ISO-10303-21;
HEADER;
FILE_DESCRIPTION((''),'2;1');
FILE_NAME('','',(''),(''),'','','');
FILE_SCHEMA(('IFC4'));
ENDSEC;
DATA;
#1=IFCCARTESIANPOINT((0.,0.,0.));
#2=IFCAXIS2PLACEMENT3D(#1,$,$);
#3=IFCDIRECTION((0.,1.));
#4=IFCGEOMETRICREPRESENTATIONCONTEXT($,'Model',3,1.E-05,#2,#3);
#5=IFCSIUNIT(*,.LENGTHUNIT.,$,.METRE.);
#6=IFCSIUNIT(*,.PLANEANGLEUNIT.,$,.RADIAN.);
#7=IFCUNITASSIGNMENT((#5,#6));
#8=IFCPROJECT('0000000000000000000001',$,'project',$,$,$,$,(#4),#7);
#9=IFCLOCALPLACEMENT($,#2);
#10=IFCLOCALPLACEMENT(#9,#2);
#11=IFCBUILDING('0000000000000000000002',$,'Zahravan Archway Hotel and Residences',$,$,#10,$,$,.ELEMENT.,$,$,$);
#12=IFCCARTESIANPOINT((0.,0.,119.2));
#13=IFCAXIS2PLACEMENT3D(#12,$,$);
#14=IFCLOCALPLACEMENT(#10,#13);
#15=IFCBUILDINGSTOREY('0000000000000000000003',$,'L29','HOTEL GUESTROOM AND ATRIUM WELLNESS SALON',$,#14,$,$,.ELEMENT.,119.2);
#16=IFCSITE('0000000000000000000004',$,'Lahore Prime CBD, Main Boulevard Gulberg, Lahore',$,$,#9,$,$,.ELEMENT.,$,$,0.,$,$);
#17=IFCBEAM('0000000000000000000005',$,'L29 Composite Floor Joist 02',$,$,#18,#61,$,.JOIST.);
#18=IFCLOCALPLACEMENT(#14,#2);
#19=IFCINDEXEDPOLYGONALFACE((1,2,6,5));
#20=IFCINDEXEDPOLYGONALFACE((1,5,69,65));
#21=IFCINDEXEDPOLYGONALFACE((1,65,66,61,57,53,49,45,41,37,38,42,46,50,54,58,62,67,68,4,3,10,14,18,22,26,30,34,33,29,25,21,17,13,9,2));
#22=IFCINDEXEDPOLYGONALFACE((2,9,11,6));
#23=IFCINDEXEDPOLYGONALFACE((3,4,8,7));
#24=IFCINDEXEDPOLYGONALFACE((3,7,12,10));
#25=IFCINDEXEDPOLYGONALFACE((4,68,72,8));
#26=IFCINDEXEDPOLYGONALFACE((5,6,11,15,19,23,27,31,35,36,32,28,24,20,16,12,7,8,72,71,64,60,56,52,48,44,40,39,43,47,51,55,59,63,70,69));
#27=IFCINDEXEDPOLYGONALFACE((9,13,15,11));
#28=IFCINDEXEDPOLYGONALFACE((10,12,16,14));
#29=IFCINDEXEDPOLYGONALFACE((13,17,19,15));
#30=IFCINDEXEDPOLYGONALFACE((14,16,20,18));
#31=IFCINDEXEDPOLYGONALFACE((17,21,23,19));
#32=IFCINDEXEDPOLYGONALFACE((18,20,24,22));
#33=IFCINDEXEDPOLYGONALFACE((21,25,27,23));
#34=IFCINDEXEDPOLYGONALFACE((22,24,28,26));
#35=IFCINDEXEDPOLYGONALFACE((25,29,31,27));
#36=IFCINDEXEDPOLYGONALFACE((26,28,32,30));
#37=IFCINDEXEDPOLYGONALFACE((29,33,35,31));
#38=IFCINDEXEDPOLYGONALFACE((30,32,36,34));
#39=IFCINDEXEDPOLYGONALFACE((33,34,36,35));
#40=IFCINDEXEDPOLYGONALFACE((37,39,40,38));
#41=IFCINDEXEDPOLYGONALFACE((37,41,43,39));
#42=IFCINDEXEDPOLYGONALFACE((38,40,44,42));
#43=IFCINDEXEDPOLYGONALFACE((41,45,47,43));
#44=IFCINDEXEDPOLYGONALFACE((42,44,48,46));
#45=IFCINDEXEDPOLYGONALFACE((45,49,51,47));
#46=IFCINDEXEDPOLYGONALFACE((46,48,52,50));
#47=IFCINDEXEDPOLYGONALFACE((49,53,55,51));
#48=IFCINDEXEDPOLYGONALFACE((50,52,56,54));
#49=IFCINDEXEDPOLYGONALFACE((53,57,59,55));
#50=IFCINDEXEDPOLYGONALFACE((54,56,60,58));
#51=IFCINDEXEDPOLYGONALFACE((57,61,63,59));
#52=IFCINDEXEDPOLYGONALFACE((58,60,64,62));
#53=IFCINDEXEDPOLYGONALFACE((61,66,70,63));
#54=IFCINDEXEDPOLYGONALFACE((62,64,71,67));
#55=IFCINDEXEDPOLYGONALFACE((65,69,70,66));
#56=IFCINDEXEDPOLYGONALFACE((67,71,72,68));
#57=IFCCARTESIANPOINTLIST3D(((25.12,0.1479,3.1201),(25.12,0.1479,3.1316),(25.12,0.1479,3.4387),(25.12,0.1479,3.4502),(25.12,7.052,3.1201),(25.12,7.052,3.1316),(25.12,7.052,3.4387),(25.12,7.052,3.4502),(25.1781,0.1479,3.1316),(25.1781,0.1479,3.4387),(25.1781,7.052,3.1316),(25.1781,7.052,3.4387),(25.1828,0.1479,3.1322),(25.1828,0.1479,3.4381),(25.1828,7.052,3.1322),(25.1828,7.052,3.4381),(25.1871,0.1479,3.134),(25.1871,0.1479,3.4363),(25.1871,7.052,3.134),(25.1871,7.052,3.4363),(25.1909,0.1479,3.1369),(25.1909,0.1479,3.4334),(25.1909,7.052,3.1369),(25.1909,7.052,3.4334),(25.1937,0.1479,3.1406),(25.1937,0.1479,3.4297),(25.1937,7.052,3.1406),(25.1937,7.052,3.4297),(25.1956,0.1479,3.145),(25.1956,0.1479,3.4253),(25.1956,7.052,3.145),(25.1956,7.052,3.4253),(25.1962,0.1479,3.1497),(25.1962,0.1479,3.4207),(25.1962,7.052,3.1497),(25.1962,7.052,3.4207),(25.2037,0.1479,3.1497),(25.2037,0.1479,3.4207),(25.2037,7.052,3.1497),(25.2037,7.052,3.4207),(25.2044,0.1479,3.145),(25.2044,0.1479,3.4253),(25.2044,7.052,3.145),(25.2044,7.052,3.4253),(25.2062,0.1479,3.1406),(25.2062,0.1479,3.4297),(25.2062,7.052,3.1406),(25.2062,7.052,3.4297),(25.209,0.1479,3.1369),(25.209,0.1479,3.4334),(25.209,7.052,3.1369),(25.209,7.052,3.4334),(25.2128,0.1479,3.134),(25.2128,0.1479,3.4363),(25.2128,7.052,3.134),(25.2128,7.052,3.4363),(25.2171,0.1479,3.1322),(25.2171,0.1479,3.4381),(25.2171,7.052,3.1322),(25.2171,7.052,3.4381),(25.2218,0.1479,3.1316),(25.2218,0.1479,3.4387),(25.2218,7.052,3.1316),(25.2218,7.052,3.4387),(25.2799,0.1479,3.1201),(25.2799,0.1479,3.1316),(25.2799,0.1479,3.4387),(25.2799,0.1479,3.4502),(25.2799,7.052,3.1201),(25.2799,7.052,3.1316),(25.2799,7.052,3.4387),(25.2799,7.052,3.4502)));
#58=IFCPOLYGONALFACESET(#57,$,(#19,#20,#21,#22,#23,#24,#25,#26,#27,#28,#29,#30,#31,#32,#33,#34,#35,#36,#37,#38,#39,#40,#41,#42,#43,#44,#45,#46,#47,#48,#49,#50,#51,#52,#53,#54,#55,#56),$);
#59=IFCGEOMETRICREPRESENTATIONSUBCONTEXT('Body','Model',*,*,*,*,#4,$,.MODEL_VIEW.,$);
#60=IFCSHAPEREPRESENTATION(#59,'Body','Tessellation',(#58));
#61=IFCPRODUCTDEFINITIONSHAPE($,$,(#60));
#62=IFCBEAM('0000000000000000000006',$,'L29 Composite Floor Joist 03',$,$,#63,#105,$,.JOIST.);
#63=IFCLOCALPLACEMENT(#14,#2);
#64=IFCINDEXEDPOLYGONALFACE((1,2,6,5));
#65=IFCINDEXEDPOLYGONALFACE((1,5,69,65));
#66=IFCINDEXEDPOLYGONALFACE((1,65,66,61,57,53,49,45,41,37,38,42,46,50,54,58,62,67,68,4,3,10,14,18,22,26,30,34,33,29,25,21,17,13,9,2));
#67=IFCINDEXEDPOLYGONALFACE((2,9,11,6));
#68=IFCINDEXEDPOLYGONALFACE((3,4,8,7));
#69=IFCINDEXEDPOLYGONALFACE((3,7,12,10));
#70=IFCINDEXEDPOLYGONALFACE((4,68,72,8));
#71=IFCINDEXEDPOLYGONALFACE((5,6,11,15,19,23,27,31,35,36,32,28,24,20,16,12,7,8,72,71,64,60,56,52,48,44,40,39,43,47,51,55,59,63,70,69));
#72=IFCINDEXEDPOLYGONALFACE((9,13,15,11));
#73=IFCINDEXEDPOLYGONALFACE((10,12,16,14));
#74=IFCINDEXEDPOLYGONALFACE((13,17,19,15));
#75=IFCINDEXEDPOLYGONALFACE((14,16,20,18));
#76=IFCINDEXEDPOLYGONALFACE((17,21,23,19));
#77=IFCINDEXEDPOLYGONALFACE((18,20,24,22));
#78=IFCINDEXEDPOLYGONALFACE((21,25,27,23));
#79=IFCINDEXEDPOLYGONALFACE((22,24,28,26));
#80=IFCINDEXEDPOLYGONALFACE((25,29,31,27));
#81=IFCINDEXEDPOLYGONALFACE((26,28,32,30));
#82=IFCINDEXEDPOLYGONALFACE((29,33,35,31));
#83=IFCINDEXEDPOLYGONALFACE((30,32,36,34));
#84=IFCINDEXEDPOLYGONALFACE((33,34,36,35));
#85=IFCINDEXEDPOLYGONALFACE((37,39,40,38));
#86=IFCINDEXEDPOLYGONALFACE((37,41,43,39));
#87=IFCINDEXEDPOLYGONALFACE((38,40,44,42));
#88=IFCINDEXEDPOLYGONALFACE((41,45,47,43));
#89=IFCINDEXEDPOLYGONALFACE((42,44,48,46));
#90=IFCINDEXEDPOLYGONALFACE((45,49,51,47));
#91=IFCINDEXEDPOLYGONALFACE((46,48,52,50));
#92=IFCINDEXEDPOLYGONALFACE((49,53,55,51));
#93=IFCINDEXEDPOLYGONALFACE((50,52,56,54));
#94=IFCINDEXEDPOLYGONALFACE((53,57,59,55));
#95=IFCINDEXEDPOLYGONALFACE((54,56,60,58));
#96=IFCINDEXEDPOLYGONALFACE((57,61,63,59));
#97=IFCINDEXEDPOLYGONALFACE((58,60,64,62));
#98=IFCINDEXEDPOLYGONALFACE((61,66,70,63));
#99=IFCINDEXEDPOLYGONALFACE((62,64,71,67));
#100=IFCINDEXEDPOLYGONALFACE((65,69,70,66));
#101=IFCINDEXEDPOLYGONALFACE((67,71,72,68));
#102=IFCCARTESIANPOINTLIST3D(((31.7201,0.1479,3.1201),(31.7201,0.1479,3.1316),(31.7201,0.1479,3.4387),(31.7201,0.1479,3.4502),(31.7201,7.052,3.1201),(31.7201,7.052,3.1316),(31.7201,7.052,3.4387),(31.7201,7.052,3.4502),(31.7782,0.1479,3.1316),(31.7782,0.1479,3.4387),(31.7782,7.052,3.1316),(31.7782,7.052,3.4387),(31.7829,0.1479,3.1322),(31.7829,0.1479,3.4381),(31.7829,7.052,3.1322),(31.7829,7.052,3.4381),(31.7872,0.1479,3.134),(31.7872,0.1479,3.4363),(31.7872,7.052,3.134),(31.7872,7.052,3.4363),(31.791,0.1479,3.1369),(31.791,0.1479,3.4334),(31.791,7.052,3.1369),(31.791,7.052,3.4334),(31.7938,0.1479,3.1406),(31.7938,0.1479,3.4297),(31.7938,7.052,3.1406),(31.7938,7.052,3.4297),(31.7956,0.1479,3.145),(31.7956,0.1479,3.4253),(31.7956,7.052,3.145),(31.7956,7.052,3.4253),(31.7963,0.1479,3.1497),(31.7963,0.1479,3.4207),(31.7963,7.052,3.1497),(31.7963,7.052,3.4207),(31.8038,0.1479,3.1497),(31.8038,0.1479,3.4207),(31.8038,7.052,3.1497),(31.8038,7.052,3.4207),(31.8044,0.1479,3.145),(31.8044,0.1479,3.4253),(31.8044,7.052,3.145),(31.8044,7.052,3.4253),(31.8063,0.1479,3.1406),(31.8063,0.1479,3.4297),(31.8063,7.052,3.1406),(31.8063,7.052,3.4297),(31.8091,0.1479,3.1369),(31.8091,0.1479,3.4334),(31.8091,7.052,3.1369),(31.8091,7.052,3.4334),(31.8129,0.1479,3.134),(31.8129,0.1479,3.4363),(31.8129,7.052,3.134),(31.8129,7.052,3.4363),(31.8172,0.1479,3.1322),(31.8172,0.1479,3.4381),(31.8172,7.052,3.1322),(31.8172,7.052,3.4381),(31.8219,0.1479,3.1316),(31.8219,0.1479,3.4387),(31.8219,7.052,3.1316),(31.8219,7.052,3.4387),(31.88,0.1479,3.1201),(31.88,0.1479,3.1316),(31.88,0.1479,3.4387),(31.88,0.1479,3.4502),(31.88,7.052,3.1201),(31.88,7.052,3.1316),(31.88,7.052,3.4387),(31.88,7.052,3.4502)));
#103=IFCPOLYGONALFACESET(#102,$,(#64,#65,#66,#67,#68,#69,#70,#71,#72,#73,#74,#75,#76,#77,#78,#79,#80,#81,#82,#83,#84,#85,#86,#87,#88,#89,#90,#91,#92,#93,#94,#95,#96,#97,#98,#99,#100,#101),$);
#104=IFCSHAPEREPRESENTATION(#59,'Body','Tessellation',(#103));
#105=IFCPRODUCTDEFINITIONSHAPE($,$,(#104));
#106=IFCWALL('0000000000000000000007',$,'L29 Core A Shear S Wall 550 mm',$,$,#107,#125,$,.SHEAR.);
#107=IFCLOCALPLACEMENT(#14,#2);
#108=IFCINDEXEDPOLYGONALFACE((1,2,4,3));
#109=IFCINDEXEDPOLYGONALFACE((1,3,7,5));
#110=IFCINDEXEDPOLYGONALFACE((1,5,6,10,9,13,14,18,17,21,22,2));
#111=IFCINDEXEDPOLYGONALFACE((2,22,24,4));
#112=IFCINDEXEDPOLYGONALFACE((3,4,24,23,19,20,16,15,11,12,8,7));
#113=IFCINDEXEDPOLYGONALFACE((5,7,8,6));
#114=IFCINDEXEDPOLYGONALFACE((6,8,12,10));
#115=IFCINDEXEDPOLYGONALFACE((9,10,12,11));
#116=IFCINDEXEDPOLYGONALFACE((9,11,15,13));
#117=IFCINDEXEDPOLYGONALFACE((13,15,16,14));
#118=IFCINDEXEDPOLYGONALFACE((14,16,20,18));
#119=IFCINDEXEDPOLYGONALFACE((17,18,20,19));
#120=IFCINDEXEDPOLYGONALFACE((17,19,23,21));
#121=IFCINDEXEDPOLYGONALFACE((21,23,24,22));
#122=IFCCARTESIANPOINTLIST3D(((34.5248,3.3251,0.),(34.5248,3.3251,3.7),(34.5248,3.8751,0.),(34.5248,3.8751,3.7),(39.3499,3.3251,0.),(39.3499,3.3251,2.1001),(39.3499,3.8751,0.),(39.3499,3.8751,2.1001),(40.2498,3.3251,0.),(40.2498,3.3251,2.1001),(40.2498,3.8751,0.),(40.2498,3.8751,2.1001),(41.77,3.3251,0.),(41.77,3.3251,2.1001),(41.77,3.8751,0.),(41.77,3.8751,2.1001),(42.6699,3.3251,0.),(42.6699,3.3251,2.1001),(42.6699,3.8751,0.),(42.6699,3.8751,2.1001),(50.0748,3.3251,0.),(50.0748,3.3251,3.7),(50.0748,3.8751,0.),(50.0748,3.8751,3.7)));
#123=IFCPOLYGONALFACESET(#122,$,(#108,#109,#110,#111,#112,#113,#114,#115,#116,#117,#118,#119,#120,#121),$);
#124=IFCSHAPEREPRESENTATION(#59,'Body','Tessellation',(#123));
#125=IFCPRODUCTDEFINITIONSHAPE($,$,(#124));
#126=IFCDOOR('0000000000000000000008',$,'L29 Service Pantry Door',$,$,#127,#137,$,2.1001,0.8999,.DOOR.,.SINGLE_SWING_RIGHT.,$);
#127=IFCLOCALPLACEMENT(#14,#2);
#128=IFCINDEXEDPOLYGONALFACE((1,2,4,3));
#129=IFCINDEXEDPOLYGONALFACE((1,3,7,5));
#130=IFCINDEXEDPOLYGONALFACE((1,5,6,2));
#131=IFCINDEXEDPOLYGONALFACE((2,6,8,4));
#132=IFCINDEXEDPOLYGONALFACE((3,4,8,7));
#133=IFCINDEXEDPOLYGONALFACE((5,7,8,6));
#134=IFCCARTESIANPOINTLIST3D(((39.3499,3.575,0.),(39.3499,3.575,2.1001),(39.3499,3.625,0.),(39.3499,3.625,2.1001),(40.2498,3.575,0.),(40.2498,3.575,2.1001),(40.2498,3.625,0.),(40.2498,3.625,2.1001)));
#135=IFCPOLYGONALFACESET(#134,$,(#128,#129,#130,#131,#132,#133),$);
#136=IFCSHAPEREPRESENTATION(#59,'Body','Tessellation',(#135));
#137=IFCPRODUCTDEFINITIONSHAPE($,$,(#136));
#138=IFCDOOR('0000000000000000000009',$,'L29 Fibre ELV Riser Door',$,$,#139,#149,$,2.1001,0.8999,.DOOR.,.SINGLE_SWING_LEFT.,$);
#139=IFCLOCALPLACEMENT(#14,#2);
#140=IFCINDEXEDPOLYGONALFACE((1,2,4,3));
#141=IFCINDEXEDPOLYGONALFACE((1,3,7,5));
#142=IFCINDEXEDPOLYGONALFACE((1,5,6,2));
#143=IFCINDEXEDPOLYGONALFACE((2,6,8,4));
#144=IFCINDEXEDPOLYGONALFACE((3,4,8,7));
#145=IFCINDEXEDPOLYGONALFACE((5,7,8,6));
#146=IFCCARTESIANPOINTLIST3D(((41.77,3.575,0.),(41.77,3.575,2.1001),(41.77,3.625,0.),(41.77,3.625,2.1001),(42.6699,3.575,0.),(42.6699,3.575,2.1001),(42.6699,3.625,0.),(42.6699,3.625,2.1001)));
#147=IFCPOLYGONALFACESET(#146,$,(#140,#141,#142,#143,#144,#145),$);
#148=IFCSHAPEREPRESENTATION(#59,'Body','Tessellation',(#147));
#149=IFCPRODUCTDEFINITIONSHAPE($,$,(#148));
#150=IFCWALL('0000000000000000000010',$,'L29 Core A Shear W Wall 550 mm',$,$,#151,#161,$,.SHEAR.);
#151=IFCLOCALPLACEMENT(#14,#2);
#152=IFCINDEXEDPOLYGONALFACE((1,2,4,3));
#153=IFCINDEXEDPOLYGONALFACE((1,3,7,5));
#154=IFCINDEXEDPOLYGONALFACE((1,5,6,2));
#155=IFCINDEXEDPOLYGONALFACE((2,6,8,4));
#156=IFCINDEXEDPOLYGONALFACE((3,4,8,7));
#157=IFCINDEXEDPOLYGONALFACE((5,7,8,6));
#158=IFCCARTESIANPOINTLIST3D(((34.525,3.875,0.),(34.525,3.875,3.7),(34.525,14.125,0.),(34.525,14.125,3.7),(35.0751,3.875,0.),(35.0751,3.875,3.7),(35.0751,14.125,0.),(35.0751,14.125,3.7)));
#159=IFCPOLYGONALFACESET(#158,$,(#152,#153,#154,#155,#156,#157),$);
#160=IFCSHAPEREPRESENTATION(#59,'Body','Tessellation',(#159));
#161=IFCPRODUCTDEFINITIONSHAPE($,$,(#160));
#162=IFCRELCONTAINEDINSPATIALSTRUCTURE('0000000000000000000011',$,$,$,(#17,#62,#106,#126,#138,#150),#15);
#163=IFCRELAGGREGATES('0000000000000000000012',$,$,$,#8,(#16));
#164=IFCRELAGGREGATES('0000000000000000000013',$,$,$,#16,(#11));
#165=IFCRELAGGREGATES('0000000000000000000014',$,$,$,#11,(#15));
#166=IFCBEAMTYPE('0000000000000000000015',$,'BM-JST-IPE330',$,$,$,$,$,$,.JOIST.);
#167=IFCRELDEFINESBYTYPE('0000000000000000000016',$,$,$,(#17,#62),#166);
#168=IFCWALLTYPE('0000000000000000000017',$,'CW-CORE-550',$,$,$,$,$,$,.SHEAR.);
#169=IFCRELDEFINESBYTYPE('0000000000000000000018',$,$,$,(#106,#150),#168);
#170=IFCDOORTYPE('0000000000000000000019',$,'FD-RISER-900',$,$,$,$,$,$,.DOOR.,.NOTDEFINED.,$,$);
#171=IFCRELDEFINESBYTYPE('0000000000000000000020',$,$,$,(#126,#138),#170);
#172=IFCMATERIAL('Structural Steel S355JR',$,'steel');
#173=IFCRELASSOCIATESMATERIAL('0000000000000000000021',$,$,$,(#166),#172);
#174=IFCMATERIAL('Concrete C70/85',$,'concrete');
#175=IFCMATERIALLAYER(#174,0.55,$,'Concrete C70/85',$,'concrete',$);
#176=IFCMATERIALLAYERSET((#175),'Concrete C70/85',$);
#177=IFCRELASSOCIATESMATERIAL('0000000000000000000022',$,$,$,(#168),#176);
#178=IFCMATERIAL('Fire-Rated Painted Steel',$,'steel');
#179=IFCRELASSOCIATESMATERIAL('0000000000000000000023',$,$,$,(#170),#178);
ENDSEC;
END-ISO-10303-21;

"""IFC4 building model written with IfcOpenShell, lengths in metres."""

from ifc_helpers import new_model, si_unit, direction, frame, frame_2d, origin, origin_2d, place, context, subcontext, project, spatial, rectangle, i_section, extrude, source, transform, mapped, material, layer, layer_set, material_profile, profile_set, type_object, type_shapes, element, fill, save


model = new_model("IFC4")

# Units and contexts
model_context = context("Model", 3, precision=1e-05, world=origin(), true_north=direction((0.0, 1.0)))
body_context = subcontext(model_context, "Body", "Model", "MODEL_VIEW")
ifc_project = project(units=[si_unit("LENGTHUNIT", "METRE"), si_unit("PLANEANGLEUNIT", "RADIAN")], contexts=[model_context])

# Site, building, storey
site_placement = place(None, origin())
site = spatial("IfcSite", under=ifc_project, at=site_placement, Name="Lahore Prime CBD, Main Boulevard Gulberg, Lahore", CompositionType="ELEMENT", RefElevation=0.0)
building_placement = place(site_placement, origin())
building = spatial("IfcBuilding", under=site, at=building_placement, Name="Zahravan Archway Hotel and Residences", CompositionType="ELEMENT")
storey_placement = place(building_placement, frame((0.0, 0.0, 119.2)))
storey = spatial("IfcBuildingStorey", under=building, at=storey_placement, Name="L29", Description="HOTEL GUESTROOM AND ATRIUM WELLNESS SALON", CompositionType="ELEMENT", Elevation=119.2)

# Beams
ifc_material_1 = material(Name="Structural Steel S355JR", Category="steel")
ifc_material_profile_1 = material_profile(ifc_material_1, i_section(OverallWidth=0.1599, OverallDepth=0.3301, WebThickness=0.0076, FlangeThickness=0.0115, FilletRadius=0.0181, at=origin_2d()), Name="IPE 330", Category="steel")
ifc_profile_set_1 = profile_set([ifc_material_profile_1], Name="Structural Steel S355JR")
beam_type_1 = type_object("IfcBeamType", Name="BM-JST-IPE330", PredefinedType="JOIST", material=ifc_profile_set_1)
shared_shape_1 = source(origin(), body_context, "Body", "SweptSolid", [
    extrude(i_section(OverallWidth=0.1599, OverallDepth=0.3301, WebThickness=0.0076, FlangeThickness=0.0115, FilletRadius=0.0181, at=origin_2d()), origin(), (0.0, 0.0, 1.0), 6.9041),
])
type_shapes(beam_type_1, [shared_shape_1])
for number, where, z_axis, x_axis, name in (
    (1, (25.2, 0.1479, 3.2852), (0.0, 1.0, 0.0), (-1.0, 0.0, 0.0), "L29 Composite Floor Joist 02"),
    (2, (31.8, 0.1479, 3.2852), (0.0, 1.0, 0.0), (-1.0, 0.0, 0.0), "L29 Composite Floor Joist 03"),
):
    element("IfcBeam", number, at=place(storey_placement, frame(where, z_axis=z_axis, x_axis=x_axis)), inside=storey, type_object=beam_type_1, Name=name, PredefinedType="JOIST", context=body_context, shape_type="MappedRepresentation", body=[
        mapped(shared_shape_1, transform((0.0, 0.0, 0.0), scale=1.0)),
    ])

# Wall, openings, doors
ifc_material_2 = material(Name="Concrete C70/85", Category="concrete")
ifc_layer_1 = layer(ifc_material_2, 0.55, Name="Concrete C70/85", Category="concrete")
ifc_layer_set_1 = layer_set([ifc_layer_1], Name="Concrete C70/85")
wall_type_1 = type_object("IfcWallType", Name="CW-CORE-550", PredefinedType="SHEAR", material=ifc_layer_set_1)
wall_1_placement = place(storey_placement, frame((34.5249, 3.6001, 0.0), z_axis=(0.0, 0.0, 1.0), x_axis=(1.0, 0.0, 0.0)))
wall_1 = element("IfcWall", 3, at=wall_1_placement, inside=storey, type_object=wall_type_1, Name="L29 Core A Shear S Wall 550 mm", PredefinedType="SHEAR", context=body_context, shape_type="SweptSolid", body=[
    extrude(rectangle(XDim=15.55, YDim=0.55, at=frame_2d((7.7749, 0.0))), origin(), (0.0, 0.0, 1.0), 3.7),
])
opening_1_placement = place(wall_1_placement, frame((4.825, 0.0, 0.0)))
opening_1 = element("IfcOpeningElement", 4, at=opening_1_placement, cuts=wall_1, PredefinedType="OPENING", context=body_context, shape_type="SweptSolid", body=[
    extrude(rectangle(XDim=0.8999, YDim=2.1001, at=frame_2d((0.45, 1.05))), frame((0.0, 0.2852, 0.0), z_axis=(0.0, -1.0, 0.0), x_axis=(1.0, 0.0, 0.0)), (0.0, 0.0, 1.0), 0.5701),
])
opening_2_placement = place(wall_1_placement, frame((7.2451, 0.0, 0.0)))
opening_2 = element("IfcOpeningElement", 5, at=opening_2_placement, cuts=wall_1, PredefinedType="OPENING", context=body_context, shape_type="SweptSolid", body=[
    extrude(rectangle(XDim=0.8999, YDim=2.1001, at=frame_2d((0.45, 1.05))), frame((0.0, 0.2852, 0.0), z_axis=(0.0, -1.0, 0.0), x_axis=(1.0, 0.0, 0.0)), (0.0, 0.0, 1.0), 0.5701),
])
ifc_material_3 = material(Name="Fire-Rated Painted Steel", Category="steel")
door_type_1 = type_object("IfcDoorType", Name="FD-RISER-900", OperationType="NOTDEFINED", PredefinedType="DOOR", material=ifc_material_3)
shared_shape_2 = source(origin(), body_context, "Body", "SweptSolid", [
    extrude(rectangle(XDim=0.8999, YDim=2.1001, at=frame_2d((0.45, 1.05))), frame((0.0, 0.0249, 0.0), z_axis=(0.0, -1.0, 0.0), x_axis=(1.0, 0.0, 0.0)), (0.0, 0.0, 1.0), 0.05),
])
type_shapes(door_type_1, [shared_shape_2])
door_1_placement = place(opening_1_placement, origin())
door_1 = element("IfcDoor", 6, at=door_1_placement, inside=storey, type_object=door_type_1, Name="L29 Service Pantry Door", OperationType="SINGLE_SWING_RIGHT", OverallHeight=2.1001, OverallWidth=0.8999, PredefinedType="DOOR", context=body_context, shape_type="MappedRepresentation", body=[
    mapped(shared_shape_2, transform((0.0, 0.0, 0.0), scale=1.0)),
])
fill(opening_1, door_1)
door_2_placement = place(opening_2_placement, origin())
door_2 = element("IfcDoor", 7, at=door_2_placement, inside=storey, type_object=door_type_1, Name="L29 Fibre ELV Riser Door", OperationType="SINGLE_SWING_LEFT", OverallHeight=2.1001, OverallWidth=0.8999, PredefinedType="DOOR", context=body_context, shape_type="MappedRepresentation", body=[
    mapped(shared_shape_2, transform((0.0, 0.0, 0.0), scale=1.0)),
])
fill(opening_2, door_2)

# Wall
wall_2_placement = place(storey_placement, frame((34.8, 3.875, 0.0), z_axis=(0.0, 0.0, 1.0), x_axis=(0.0, 1.0, 0.0)))
element("IfcWall", 8, at=wall_2_placement, inside=storey, type_object=wall_type_1, Name="L29 Core A Shear W Wall 550 mm", PredefinedType="SHEAR", context=body_context, shape_type="SweptSolid", body=[
    extrude(rectangle(XDim=10.25, YDim=0.55, at=frame_2d((5.125, 0.0))), origin(), (0.0, 0.0, 1.0), 3.7),
])

save(model, "model.ifc")
